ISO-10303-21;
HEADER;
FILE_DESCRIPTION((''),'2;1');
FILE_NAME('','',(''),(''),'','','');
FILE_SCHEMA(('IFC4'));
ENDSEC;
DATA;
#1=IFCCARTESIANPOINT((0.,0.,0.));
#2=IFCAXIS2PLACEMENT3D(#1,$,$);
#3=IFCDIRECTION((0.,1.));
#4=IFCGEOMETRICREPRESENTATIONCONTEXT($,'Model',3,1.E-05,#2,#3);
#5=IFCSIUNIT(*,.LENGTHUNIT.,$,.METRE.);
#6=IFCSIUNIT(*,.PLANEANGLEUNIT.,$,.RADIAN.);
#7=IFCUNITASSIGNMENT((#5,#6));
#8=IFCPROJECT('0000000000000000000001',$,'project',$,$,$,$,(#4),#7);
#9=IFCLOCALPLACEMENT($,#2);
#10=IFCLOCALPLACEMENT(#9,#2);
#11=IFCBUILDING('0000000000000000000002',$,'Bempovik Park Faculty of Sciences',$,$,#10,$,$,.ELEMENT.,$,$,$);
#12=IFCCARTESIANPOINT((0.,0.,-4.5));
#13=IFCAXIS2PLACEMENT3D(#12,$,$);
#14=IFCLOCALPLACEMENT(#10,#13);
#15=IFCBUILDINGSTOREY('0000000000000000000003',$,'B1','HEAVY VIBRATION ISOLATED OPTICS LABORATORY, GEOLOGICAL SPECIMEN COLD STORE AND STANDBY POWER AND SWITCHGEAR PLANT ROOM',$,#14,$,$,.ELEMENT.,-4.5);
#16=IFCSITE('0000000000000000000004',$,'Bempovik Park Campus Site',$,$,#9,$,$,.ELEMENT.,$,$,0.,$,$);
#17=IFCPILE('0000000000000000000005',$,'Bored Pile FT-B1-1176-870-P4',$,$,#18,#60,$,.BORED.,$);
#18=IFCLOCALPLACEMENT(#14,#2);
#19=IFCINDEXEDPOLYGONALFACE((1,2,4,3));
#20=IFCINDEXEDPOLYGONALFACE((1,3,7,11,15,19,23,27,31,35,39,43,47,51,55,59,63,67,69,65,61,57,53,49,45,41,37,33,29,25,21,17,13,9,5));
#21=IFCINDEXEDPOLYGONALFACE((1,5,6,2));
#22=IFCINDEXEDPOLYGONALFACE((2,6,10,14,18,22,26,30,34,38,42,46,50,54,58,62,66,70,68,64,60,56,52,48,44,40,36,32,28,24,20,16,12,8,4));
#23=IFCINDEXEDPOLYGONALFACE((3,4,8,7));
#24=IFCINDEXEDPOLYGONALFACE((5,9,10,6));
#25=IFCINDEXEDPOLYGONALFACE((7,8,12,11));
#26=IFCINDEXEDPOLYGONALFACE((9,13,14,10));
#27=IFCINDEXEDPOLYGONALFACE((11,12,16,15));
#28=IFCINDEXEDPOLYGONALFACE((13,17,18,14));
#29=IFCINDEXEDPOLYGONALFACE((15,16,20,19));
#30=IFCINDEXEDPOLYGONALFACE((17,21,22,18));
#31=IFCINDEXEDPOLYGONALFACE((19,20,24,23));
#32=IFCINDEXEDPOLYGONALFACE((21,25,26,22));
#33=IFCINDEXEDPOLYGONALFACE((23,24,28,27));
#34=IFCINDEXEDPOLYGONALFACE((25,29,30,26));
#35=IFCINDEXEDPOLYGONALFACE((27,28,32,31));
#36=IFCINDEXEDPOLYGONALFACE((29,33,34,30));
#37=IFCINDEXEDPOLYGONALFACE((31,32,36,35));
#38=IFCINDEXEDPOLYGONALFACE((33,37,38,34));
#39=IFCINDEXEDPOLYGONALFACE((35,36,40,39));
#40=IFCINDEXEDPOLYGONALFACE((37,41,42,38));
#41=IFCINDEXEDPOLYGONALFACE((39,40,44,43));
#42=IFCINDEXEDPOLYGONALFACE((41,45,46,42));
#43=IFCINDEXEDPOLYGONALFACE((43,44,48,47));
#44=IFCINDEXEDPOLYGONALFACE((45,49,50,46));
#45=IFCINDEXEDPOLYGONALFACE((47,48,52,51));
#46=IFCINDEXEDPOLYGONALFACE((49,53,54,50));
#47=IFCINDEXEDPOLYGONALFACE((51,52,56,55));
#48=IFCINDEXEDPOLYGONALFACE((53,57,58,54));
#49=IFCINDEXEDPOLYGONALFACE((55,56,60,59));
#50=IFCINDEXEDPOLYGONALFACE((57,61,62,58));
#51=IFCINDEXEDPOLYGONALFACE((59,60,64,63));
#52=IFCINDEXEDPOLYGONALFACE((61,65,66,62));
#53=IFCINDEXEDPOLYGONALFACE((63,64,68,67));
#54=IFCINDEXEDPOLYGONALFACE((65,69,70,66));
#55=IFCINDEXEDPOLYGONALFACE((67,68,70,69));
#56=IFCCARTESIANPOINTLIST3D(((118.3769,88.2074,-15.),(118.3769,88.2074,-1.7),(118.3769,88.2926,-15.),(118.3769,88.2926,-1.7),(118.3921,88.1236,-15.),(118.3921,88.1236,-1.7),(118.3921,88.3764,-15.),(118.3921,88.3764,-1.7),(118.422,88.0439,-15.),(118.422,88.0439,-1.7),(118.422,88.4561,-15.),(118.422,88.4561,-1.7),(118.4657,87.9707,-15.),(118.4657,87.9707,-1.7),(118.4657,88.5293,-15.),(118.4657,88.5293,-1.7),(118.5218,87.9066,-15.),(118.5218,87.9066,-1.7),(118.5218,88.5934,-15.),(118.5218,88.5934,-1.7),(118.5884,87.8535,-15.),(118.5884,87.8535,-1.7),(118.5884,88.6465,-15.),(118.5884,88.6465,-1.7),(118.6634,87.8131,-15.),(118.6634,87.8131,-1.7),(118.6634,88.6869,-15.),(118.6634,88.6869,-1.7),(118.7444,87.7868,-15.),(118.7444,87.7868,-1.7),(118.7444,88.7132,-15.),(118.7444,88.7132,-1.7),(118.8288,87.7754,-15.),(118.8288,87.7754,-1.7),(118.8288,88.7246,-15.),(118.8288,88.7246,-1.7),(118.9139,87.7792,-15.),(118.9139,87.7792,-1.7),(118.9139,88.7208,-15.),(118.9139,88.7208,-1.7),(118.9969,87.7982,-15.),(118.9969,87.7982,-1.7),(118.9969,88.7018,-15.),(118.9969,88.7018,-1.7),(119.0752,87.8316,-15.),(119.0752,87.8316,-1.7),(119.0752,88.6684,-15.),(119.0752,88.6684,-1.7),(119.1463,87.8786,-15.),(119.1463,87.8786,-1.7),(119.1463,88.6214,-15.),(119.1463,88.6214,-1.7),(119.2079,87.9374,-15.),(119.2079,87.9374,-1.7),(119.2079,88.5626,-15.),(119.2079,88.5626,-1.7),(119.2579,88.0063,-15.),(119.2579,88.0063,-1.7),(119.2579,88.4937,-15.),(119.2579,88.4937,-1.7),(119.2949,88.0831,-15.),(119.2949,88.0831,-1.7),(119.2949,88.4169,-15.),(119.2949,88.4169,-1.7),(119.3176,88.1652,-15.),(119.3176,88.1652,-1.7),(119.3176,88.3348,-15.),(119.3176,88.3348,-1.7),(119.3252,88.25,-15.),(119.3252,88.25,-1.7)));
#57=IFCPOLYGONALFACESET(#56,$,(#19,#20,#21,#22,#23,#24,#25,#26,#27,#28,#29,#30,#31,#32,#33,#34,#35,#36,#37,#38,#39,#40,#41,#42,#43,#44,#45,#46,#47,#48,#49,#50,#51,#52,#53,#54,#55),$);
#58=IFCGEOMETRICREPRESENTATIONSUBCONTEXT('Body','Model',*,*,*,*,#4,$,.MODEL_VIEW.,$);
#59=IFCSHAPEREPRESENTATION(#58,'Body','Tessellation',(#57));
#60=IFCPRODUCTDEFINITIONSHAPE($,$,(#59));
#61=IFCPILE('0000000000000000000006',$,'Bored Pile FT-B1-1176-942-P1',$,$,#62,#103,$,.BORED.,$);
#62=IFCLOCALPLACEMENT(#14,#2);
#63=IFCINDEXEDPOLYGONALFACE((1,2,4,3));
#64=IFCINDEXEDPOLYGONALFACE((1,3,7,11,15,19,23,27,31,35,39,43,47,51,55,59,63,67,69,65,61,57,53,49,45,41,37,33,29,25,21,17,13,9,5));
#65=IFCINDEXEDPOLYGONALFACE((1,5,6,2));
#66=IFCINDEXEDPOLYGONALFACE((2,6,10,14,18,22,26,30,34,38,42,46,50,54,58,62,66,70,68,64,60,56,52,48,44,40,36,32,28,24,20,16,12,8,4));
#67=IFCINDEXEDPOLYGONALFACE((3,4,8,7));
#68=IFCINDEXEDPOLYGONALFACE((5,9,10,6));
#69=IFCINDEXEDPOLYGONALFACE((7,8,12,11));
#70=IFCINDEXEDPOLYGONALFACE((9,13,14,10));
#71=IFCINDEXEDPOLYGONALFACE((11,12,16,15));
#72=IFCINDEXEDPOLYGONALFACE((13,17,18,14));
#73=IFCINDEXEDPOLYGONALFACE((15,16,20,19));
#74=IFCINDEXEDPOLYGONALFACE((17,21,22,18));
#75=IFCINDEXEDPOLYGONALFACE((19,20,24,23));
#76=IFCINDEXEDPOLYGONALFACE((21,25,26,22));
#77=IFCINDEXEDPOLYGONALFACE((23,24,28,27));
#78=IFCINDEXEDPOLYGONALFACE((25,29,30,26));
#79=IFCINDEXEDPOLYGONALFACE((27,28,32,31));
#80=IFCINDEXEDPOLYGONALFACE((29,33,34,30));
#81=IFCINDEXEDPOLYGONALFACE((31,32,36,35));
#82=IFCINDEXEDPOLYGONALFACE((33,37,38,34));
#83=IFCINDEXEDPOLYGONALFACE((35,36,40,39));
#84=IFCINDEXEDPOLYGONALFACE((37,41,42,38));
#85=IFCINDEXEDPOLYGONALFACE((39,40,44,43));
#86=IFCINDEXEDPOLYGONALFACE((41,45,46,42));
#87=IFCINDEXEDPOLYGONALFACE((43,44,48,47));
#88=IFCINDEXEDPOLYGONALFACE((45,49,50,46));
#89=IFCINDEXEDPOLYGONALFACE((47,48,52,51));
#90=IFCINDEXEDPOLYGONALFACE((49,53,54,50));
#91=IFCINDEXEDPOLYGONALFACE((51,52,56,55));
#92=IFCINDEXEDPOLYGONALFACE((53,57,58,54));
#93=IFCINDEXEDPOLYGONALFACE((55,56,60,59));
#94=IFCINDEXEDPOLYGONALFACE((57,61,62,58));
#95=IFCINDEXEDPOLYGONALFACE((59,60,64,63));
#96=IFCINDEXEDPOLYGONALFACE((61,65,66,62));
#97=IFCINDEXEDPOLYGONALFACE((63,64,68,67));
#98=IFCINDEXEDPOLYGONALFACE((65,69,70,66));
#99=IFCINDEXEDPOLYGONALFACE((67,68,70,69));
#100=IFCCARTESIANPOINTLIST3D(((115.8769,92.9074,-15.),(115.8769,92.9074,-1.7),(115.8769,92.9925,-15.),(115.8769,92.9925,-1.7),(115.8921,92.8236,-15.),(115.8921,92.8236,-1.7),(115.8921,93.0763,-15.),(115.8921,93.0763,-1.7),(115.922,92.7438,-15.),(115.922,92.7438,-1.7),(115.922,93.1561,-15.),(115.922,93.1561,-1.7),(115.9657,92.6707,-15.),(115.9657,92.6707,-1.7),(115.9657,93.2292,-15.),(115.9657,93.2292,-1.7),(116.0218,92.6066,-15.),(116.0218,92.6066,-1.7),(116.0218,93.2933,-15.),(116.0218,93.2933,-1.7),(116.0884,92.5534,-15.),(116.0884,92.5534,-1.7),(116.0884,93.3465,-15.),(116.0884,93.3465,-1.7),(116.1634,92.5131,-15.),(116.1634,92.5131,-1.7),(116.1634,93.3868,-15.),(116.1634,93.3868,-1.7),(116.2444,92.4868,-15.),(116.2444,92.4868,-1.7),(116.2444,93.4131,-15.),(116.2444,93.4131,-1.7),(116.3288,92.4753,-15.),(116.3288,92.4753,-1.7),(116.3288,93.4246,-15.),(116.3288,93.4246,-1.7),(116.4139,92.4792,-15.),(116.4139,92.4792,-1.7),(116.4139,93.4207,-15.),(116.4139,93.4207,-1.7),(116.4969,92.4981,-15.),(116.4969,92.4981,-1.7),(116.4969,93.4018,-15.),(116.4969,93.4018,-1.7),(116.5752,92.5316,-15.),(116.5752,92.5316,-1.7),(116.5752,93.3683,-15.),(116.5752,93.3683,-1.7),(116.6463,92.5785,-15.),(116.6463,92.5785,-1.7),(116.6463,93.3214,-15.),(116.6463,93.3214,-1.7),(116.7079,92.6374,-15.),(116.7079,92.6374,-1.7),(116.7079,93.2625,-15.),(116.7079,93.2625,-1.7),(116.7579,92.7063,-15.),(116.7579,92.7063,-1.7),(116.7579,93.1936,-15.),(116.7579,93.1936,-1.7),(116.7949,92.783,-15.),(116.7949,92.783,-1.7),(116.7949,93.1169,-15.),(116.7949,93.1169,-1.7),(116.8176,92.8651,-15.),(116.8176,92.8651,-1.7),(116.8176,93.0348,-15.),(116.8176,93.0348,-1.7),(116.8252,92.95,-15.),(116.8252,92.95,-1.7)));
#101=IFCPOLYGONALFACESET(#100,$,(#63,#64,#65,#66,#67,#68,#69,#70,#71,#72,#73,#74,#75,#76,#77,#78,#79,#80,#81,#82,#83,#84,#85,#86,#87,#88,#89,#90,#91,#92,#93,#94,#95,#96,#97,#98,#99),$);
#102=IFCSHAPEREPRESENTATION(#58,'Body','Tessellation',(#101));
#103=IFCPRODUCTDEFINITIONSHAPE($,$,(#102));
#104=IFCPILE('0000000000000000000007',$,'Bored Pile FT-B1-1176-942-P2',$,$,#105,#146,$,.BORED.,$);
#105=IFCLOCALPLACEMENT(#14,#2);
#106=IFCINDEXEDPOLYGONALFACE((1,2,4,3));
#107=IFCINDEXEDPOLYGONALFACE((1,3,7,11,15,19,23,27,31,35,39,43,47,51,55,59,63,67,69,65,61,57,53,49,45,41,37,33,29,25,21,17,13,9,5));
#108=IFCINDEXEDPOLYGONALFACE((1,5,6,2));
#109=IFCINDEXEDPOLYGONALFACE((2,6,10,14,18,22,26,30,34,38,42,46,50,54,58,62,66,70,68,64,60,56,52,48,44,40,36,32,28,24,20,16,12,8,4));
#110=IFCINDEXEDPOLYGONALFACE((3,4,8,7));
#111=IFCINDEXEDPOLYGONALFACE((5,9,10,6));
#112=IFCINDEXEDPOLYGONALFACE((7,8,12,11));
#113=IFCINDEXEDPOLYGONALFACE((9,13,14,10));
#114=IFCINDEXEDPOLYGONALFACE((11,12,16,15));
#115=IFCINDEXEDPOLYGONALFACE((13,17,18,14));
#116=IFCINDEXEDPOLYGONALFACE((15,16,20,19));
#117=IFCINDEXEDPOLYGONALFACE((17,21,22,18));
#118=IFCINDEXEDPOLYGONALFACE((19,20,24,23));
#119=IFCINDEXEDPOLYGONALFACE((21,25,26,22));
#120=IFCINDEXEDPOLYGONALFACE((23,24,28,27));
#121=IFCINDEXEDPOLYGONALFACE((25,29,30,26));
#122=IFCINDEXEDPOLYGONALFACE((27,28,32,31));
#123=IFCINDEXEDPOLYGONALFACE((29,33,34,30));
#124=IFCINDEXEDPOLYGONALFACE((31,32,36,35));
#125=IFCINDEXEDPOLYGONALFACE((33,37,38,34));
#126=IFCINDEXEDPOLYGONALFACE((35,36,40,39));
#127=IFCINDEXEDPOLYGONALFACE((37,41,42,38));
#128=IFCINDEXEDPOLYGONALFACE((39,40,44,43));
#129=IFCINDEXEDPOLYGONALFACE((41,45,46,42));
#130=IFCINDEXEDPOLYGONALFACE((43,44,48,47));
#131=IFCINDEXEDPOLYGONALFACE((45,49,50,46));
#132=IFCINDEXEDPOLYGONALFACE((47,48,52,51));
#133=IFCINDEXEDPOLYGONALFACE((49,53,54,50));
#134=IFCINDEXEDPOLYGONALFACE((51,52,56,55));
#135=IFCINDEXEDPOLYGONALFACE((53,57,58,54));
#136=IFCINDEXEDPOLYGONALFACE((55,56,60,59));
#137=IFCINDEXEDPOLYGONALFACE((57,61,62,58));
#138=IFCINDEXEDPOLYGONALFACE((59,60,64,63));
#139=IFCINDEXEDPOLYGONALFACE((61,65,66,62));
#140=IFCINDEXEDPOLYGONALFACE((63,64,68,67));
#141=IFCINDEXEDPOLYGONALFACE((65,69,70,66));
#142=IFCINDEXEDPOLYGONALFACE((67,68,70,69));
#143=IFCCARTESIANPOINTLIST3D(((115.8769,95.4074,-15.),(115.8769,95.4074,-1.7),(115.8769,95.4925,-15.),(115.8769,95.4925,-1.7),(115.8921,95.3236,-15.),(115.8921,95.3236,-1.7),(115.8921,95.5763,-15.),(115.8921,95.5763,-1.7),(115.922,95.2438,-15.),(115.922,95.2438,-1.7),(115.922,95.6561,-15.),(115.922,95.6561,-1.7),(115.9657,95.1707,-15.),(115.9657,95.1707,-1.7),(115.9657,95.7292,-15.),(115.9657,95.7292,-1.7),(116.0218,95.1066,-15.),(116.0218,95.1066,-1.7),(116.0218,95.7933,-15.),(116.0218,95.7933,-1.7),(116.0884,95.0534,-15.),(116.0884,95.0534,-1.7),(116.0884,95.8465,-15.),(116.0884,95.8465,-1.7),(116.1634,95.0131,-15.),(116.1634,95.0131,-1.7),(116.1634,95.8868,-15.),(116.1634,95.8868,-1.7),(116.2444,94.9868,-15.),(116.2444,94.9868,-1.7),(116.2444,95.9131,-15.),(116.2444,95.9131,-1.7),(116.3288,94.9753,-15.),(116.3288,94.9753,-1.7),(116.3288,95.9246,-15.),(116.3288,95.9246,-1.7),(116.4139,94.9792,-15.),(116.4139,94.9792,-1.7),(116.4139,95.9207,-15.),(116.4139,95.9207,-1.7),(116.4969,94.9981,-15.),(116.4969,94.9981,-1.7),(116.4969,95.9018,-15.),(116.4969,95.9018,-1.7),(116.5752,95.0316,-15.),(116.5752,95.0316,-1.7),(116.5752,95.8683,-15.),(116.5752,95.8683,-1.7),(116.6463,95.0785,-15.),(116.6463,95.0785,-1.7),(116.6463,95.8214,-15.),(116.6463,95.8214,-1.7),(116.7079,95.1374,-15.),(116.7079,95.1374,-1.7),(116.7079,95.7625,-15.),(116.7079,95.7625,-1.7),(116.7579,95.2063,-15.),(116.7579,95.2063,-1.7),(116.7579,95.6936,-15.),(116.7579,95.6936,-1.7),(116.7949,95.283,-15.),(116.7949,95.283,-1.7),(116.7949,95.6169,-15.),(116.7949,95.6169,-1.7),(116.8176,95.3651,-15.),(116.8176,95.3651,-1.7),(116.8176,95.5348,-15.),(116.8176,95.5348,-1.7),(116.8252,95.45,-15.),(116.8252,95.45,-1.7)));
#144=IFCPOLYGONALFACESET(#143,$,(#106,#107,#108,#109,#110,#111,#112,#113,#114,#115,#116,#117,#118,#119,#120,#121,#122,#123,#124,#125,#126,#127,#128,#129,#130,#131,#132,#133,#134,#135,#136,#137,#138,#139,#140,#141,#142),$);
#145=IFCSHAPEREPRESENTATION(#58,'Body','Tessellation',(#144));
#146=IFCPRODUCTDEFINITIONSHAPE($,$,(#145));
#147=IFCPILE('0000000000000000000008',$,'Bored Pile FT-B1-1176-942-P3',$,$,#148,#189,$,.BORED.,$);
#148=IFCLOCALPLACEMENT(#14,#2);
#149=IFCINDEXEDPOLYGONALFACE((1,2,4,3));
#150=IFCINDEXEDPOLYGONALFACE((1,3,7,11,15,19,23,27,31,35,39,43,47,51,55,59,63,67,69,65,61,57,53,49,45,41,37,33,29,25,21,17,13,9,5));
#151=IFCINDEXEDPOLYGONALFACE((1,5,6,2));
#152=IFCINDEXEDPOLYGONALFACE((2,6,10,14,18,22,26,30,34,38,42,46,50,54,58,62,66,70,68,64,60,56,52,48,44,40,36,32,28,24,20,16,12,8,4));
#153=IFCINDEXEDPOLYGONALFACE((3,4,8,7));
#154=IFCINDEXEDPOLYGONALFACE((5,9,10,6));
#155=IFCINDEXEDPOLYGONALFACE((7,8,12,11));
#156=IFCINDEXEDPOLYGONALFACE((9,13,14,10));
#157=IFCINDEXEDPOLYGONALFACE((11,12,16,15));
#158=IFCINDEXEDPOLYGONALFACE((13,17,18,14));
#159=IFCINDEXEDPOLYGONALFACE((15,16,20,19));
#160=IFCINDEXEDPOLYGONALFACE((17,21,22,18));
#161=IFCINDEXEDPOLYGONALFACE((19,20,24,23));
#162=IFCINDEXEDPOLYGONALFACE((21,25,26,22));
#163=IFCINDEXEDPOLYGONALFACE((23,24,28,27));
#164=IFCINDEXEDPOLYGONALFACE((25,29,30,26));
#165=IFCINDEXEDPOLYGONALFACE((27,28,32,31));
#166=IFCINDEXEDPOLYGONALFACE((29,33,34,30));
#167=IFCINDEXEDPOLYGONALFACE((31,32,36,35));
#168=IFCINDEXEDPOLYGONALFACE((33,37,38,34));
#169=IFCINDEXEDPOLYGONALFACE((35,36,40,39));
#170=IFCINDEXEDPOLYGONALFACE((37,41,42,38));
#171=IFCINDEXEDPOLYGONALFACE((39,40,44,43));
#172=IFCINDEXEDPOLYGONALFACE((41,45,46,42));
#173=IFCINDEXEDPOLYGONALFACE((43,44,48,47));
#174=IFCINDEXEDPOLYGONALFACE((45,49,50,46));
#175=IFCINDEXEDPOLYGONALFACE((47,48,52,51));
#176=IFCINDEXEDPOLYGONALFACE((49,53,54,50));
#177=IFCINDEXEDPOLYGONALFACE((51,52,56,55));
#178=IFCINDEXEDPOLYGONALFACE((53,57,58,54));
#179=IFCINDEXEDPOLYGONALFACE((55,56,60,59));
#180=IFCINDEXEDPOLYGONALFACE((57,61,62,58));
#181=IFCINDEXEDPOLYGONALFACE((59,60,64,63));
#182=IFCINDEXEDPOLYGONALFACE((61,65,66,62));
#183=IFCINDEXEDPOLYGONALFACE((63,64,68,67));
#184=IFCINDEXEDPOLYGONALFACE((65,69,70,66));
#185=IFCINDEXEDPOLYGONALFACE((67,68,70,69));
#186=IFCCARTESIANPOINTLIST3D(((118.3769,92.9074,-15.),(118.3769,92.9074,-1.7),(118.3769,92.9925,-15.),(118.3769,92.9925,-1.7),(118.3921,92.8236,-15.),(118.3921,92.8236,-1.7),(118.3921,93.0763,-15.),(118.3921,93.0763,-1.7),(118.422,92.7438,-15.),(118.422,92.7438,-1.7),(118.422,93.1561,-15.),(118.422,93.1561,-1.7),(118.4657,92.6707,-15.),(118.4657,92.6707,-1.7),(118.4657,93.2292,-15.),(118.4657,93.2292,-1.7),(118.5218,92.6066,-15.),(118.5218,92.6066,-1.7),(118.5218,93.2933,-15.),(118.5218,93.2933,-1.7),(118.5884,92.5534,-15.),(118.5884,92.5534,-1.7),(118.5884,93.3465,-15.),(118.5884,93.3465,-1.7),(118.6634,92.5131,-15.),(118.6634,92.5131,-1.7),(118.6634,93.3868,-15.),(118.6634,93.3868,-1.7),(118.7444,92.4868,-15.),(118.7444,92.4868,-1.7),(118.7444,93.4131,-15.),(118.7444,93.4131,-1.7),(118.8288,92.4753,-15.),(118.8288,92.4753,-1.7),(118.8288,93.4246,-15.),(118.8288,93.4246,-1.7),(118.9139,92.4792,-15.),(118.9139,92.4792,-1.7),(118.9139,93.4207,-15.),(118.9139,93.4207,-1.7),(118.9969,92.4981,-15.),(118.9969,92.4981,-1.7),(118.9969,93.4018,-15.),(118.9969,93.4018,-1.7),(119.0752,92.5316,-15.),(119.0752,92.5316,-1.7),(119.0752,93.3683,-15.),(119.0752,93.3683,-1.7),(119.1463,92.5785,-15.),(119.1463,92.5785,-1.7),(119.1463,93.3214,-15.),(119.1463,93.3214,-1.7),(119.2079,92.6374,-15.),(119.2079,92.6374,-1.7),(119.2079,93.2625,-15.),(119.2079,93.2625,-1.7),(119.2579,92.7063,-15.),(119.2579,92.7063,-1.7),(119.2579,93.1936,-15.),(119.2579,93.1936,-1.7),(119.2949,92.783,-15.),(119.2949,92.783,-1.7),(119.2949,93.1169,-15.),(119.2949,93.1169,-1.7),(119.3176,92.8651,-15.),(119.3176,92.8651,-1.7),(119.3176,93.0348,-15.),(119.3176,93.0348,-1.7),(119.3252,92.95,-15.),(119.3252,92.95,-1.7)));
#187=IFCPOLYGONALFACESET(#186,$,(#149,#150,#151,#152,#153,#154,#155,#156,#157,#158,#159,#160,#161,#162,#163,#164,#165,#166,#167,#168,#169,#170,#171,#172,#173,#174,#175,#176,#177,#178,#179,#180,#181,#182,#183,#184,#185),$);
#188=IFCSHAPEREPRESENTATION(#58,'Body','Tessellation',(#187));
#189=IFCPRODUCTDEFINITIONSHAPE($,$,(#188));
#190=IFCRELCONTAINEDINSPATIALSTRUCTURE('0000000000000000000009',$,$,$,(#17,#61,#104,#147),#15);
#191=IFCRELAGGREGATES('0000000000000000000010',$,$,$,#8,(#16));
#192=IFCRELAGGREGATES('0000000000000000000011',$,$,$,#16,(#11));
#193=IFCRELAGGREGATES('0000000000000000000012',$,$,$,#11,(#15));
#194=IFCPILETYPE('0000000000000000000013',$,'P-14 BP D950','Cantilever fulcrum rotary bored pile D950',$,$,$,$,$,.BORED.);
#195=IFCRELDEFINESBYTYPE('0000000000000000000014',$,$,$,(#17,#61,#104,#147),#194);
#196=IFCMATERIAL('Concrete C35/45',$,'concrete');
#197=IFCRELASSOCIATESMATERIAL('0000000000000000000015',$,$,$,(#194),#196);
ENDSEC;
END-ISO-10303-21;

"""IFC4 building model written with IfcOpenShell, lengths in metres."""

from ifc_helpers import new_model, si_unit, direction, frame, origin, origin_2d, place, context, subcontext, project, spatial, circle, extrude, material, material_profile, profile_set, type_object, element, save


model = new_model("IFC4")

# Units and contexts
model_context = context("Model", 3, precision=1e-05, world=origin(), true_north=direction((0.0, 1.0)))
body_context = subcontext(model_context, "Body", "Model", "MODEL_VIEW")
ifc_project = project(units=[si_unit("LENGTHUNIT", "METRE"), si_unit("PLANEANGLEUNIT", "RADIAN")], contexts=[model_context])

# Site, building, storey
site_placement = place(None, origin())
site = spatial("IfcSite", under=ifc_project, at=site_placement, Name="Bempovik Park Campus Site", CompositionType="ELEMENT", RefElevation=0.0)
building_placement = place(site_placement, origin())
building = spatial("IfcBuilding", under=site, at=building_placement, Name="Bempovik Park Faculty of Sciences", CompositionType="ELEMENT")
storey_placement = place(building_placement, frame((0.0, 0.0, -4.5)))
storey = spatial("IfcBuildingStorey", under=building, at=storey_placement, Name="B1", Description="HEAVY VIBRATION ISOLATED OPTICS LABORATORY, GEOLOGICAL SPECIMEN COLD STORE AND STANDBY POWER AND SWITCHGEAR PLANT ROOM", CompositionType="ELEMENT", Elevation=-4.5)

# Shared definitions
ifc_material_1 = material(Name="Concrete C35/45", Category="concrete")

# Piles
ifc_material_profile_1 = material_profile(ifc_material_1, circle(Radius=0.4751, at=origin_2d()), Name="BP D950")
ifc_profile_set_1 = profile_set([ifc_material_profile_1], Name="Concrete C35/45")
pile_type = type_object("IfcPileType", Name="P-14 BP D950", Description="Cantilever fulcrum rotary bored pile D950", PredefinedType="BORED", material=ifc_profile_set_1)
for number, where, z_axis, x_axis, name in (
    (1, (118.8501, 88.25, -1.7), (0.0, 0.0, -1.0), (1.0, 0.0, 0.0), "Bored Pile FT-B1-1176-870-P4"),
    (2, (116.3501, 92.95, -1.7), (0.0, 0.0, -1.0), (1.0, 0.0, 0.0), "Bored Pile FT-B1-1176-942-P1"),
    (3, (116.3501, 95.45, -1.7), (0.0, 0.0, -1.0), (1.0, 0.0, 0.0), "Bored Pile FT-B1-1176-942-P2"),
    (4, (118.8501, 92.95, -1.7), (0.0, 0.0, -1.0), (1.0, 0.0, 0.0), "Bored Pile FT-B1-1176-942-P3"),
):
    element("IfcPile", number, at=place(storey_placement, frame(where, z_axis=z_axis, x_axis=x_axis)), inside=storey, type_object=pile_type, Name=name, PredefinedType="BORED", context=body_context, shape_type="SweptSolid", body=[
        extrude(circle(Radius=0.4751, at=origin_2d()), origin(), (0.0, 0.0, 1.0), 13.3),
    ])

save(model, "model.ifc")
